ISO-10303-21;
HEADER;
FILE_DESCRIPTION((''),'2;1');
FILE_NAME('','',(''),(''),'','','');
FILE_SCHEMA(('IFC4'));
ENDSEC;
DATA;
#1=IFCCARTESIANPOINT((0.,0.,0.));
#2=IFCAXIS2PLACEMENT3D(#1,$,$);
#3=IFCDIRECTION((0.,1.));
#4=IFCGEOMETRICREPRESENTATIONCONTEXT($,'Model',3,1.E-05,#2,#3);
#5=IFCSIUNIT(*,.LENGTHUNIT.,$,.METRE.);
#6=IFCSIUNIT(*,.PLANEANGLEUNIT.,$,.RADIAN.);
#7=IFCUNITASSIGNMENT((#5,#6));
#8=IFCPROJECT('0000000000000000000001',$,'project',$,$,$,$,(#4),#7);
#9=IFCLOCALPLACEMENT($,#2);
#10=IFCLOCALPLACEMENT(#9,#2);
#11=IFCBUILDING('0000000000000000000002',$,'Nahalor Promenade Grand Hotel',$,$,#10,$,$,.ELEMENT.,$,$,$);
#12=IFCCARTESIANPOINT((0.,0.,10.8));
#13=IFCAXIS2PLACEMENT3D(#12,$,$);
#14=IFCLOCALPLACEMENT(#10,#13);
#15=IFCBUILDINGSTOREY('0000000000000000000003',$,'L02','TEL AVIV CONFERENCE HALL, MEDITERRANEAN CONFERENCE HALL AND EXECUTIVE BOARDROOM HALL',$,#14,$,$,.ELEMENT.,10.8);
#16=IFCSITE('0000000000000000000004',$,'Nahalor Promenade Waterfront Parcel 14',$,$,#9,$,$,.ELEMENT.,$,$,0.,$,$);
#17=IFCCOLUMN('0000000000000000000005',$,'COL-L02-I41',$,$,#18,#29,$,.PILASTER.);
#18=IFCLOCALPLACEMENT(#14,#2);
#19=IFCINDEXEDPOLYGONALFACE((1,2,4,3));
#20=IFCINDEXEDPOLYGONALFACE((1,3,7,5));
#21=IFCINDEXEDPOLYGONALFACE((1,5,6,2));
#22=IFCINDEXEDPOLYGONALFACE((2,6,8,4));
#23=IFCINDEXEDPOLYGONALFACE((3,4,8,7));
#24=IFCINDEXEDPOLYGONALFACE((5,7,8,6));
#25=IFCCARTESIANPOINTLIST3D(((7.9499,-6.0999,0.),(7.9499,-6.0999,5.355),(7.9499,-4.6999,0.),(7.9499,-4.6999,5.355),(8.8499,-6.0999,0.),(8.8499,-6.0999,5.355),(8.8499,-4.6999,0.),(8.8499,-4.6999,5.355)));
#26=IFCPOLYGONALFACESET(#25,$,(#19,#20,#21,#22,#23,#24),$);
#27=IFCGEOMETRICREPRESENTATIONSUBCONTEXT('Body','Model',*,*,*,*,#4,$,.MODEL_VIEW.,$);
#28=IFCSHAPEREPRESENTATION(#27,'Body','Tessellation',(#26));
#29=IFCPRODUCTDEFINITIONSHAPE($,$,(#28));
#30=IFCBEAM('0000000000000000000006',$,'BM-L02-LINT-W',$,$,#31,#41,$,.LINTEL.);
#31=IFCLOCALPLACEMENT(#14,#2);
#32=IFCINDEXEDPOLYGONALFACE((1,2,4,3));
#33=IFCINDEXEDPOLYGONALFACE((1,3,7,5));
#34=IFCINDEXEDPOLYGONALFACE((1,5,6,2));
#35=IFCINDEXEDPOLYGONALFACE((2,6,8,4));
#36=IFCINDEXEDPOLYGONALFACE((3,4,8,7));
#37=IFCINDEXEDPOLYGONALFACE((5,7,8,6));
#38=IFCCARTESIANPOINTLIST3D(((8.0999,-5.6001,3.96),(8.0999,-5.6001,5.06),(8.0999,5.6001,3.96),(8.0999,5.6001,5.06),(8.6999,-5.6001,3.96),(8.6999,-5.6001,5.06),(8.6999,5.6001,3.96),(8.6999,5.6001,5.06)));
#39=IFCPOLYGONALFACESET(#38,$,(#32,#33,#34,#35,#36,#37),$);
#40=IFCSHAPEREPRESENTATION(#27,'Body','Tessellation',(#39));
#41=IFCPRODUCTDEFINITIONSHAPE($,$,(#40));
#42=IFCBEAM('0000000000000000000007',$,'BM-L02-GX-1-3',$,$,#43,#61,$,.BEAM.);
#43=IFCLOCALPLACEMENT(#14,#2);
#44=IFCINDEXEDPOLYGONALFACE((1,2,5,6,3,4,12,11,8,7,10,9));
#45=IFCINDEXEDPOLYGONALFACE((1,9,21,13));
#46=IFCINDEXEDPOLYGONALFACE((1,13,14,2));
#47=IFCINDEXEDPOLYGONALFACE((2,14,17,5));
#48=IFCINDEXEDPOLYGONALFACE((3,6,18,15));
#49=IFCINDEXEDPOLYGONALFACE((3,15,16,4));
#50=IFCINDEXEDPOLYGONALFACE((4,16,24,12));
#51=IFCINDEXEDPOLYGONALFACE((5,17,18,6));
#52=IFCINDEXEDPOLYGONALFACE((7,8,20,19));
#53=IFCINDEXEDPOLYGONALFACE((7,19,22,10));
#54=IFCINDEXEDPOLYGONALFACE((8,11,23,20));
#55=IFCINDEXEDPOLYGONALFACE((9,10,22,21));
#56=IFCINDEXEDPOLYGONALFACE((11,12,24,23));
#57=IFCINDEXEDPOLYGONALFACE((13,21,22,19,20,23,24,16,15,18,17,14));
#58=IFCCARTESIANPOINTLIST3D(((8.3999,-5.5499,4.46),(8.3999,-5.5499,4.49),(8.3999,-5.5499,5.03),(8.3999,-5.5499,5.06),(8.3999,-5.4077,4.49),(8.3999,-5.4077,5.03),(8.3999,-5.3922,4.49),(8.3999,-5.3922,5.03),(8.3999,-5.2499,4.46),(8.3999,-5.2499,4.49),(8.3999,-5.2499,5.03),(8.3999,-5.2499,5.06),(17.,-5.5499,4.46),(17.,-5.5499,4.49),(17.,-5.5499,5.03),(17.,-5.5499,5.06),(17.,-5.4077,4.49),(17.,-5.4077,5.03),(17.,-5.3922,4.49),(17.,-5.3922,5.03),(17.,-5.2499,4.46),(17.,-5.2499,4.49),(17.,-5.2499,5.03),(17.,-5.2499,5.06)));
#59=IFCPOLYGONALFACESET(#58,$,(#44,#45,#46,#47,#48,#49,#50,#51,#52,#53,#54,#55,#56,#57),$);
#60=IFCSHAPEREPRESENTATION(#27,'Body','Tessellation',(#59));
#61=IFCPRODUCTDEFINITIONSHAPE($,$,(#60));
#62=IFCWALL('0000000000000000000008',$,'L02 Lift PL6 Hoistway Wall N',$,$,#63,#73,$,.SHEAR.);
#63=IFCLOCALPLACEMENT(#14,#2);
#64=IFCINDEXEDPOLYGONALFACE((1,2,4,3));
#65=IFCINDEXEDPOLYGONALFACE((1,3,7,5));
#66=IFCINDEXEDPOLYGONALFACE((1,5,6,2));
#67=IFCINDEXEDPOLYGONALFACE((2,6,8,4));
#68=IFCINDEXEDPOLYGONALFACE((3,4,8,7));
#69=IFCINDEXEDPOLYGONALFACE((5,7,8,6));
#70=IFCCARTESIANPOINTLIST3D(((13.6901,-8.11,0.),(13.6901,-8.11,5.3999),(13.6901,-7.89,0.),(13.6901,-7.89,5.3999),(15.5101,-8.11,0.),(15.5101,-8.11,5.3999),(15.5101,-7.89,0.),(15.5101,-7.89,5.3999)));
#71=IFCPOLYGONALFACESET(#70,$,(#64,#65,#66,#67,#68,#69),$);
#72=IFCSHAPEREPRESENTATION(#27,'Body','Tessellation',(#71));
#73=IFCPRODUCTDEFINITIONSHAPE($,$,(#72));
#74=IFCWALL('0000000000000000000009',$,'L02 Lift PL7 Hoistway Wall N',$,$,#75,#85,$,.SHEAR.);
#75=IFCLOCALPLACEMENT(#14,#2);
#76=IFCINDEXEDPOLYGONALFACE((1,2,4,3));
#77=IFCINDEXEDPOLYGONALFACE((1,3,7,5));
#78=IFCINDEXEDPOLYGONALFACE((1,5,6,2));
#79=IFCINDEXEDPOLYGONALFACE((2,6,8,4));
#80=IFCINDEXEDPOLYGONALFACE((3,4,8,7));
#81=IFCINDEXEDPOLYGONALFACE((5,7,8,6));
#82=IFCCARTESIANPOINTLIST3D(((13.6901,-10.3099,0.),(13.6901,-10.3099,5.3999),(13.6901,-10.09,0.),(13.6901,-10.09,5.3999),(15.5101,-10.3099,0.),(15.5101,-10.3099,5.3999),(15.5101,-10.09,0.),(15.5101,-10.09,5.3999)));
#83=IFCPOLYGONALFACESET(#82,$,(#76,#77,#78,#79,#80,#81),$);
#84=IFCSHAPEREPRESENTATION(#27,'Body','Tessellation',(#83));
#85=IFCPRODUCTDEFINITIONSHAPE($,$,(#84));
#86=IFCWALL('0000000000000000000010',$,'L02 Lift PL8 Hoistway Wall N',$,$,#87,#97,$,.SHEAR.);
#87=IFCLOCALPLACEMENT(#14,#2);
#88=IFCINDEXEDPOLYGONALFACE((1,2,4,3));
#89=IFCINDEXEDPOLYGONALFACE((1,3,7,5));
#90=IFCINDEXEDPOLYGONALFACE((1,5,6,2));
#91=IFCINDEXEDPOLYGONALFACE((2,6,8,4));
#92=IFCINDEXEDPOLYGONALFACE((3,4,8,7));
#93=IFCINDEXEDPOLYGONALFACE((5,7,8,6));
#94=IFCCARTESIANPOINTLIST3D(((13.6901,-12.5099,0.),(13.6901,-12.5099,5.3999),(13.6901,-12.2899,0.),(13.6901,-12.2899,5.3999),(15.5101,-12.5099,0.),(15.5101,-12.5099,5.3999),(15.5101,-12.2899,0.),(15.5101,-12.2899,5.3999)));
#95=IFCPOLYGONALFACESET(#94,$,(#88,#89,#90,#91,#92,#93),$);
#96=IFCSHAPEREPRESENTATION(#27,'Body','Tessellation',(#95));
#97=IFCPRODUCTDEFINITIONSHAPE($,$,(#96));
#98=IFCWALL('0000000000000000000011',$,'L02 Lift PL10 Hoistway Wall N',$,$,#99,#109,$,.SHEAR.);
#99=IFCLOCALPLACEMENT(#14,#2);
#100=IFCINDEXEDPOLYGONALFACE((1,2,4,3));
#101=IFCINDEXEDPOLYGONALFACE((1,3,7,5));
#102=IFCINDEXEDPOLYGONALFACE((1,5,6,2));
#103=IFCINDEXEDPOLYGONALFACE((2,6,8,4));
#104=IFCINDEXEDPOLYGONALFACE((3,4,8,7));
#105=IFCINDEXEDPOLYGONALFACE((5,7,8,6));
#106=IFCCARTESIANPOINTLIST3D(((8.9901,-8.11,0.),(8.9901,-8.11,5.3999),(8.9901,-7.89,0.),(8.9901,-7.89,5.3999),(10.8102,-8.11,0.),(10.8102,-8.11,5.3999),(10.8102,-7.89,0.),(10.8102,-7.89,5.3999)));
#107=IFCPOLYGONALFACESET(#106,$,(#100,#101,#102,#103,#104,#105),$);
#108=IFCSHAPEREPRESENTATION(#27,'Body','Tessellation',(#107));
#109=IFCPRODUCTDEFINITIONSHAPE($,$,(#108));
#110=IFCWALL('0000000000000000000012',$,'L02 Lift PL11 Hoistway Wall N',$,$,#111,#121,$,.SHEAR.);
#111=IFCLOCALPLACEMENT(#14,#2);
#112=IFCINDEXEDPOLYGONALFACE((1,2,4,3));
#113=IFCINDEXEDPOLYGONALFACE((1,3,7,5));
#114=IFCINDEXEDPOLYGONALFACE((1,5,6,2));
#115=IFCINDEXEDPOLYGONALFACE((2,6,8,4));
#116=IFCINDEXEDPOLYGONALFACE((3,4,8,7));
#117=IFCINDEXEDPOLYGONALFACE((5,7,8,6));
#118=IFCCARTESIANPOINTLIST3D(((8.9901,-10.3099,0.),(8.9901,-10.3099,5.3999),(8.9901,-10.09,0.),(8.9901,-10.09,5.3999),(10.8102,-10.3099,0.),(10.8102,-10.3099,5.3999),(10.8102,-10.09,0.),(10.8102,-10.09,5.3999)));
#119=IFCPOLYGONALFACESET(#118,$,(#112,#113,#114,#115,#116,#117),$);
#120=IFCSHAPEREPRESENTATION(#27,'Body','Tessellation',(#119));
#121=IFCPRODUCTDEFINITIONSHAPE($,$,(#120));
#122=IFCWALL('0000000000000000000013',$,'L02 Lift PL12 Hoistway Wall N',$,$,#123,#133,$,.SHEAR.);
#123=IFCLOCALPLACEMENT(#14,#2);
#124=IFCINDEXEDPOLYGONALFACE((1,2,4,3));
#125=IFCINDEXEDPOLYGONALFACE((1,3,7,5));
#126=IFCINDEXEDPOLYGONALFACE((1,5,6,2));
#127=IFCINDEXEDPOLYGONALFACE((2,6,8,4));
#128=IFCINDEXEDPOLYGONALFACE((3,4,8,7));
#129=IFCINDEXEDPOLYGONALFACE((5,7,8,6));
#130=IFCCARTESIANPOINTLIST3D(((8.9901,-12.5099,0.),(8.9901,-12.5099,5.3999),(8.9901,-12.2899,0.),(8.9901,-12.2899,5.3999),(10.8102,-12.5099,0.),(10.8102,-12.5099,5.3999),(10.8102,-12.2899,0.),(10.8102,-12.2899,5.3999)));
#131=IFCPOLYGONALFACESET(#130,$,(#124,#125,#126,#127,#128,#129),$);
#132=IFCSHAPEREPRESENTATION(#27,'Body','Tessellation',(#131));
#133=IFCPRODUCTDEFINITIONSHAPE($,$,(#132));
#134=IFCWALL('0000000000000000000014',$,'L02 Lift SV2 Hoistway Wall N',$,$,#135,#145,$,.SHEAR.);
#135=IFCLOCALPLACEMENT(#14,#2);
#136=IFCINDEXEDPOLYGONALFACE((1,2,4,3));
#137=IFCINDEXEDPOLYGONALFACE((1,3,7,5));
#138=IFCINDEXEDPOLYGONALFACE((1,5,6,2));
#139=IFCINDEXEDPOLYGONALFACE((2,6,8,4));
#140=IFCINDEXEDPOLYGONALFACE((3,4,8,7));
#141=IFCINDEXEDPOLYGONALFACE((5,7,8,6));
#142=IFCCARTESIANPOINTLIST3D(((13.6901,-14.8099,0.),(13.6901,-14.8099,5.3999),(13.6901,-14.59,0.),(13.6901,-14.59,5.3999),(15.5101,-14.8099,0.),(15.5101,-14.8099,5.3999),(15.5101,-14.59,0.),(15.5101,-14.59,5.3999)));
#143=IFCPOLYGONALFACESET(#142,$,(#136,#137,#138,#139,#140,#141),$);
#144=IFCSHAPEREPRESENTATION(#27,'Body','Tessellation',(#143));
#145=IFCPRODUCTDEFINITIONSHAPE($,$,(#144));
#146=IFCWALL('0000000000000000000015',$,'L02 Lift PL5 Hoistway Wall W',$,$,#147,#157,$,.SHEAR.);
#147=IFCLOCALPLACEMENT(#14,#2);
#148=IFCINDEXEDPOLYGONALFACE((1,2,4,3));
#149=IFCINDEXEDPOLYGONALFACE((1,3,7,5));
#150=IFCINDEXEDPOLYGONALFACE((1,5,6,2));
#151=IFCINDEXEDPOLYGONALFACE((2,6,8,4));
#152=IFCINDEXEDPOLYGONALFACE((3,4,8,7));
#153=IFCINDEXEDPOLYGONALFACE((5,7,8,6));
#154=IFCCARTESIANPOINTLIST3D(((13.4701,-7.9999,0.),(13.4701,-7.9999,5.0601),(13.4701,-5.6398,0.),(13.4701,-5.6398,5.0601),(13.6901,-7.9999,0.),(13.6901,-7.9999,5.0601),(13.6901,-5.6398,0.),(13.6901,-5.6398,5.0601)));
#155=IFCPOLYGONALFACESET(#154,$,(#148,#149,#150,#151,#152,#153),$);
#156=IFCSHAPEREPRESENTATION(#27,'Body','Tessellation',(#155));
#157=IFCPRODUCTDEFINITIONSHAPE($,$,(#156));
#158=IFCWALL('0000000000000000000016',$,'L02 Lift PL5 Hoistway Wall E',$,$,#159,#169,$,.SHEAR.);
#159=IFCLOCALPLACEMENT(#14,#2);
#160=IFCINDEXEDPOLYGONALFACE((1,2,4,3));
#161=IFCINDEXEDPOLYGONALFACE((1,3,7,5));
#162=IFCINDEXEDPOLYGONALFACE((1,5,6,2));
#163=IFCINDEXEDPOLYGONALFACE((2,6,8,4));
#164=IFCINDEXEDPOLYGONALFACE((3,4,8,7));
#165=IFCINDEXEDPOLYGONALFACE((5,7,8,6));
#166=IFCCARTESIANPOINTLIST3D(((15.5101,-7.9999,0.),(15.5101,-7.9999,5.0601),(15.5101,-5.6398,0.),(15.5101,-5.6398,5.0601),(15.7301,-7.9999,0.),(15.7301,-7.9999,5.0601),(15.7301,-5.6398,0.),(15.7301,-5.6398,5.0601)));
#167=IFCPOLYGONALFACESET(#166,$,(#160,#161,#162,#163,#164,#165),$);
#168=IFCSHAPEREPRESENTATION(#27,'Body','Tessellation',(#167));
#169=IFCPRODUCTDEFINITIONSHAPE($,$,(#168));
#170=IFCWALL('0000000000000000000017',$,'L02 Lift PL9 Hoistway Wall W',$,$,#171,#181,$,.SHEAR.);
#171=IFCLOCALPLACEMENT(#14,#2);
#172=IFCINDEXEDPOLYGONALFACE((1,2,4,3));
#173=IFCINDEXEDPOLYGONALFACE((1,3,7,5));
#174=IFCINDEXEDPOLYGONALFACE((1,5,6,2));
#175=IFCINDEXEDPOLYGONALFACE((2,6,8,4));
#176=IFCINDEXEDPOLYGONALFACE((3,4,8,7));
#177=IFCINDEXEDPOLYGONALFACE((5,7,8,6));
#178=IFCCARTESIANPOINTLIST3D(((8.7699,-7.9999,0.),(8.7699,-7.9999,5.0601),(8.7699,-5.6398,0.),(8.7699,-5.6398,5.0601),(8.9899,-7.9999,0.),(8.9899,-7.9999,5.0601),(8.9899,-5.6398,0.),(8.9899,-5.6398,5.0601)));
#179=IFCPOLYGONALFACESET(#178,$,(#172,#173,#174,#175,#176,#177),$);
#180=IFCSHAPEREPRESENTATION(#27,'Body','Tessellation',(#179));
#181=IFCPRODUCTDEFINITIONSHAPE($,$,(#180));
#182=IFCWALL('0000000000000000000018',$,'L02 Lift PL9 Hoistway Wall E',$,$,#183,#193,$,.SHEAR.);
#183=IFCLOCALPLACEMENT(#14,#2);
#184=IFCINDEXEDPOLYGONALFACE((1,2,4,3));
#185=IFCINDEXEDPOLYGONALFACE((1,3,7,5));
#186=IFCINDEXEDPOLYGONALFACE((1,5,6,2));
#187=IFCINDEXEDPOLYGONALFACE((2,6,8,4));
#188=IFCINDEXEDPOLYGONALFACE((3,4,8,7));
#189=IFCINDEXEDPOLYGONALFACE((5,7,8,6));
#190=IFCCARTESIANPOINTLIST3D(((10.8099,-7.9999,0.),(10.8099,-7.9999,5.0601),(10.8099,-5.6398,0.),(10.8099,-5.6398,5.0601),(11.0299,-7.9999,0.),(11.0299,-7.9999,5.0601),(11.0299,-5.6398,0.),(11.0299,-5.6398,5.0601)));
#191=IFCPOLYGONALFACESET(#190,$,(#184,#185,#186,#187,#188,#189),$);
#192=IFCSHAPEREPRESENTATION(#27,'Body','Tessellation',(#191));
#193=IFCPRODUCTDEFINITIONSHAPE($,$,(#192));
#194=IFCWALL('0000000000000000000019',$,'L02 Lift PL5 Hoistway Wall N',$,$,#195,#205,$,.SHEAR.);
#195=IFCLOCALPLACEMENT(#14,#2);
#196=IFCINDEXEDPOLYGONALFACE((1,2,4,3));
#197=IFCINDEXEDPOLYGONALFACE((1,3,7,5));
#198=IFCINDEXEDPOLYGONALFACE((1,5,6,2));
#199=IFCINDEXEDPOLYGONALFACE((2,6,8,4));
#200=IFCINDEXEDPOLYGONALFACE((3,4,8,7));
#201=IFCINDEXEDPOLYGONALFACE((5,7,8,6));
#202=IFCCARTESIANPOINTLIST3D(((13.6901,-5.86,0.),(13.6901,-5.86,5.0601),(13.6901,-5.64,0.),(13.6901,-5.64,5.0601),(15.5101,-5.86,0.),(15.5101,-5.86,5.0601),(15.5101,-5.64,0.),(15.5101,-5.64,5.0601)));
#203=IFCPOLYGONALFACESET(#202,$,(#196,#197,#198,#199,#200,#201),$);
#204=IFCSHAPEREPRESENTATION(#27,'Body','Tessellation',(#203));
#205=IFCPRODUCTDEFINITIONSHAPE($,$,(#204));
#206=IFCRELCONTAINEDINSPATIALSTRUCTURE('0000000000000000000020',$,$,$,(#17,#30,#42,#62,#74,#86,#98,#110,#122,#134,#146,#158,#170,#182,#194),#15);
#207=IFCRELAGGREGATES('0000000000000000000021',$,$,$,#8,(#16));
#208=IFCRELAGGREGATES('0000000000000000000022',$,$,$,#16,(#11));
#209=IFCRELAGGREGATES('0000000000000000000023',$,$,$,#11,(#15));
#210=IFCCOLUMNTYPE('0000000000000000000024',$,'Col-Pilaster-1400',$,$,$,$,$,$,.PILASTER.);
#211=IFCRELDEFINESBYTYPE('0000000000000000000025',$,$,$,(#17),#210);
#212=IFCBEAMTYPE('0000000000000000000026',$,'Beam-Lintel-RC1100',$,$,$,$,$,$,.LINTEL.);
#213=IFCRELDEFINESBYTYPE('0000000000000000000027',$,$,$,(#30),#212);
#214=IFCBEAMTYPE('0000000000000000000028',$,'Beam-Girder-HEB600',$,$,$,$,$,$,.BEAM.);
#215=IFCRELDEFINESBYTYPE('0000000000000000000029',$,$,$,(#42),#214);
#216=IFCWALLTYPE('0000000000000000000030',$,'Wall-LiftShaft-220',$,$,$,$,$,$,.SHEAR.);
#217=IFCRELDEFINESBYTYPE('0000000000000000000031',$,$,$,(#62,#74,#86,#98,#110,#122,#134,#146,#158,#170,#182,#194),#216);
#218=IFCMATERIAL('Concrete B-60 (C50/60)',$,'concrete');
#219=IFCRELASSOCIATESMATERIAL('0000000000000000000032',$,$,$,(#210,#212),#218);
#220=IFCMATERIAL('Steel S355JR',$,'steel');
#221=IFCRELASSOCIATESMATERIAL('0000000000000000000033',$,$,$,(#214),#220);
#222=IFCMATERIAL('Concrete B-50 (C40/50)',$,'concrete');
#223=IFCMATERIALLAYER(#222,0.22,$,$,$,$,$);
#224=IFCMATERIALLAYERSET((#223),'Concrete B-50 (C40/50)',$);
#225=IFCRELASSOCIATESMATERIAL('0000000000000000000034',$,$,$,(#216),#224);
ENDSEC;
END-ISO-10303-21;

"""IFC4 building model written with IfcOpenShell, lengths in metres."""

from ifc_helpers import new_model, si_unit, direction, frame, frame_2d, origin, origin_2d, place, context, subcontext, project, spatial, rectangle, i_section, extrude, source, transform, mapped, material, layer, layer_set, material_profile, profile_set, type_object, element, save


model = new_model("IFC4")

# Units and contexts
model_context = context("Model", 3, precision=1e-05, world=origin(), true_north=direction((0.0, 1.0)))
body_context = subcontext(model_context, "Body", "Model", "MODEL_VIEW")
ifc_project = project(units=[si_unit("LENGTHUNIT", "METRE"), si_unit("PLANEANGLEUNIT", "RADIAN")], contexts=[model_context])

# Site, building, storey
site_placement = place(None, origin())
site = spatial("IfcSite", under=ifc_project, at=site_placement, Name="Nahalor Promenade Waterfront Parcel 14", CompositionType="ELEMENT", RefElevation=0.0)
building_placement = place(site_placement, origin())
building = spatial("IfcBuilding", under=site, at=building_placement, Name="Nahalor Promenade Grand Hotel", CompositionType="ELEMENT")
storey_placement = place(building_placement, frame((0.0, 0.0, 10.8)))
storey = spatial("IfcBuildingStorey", under=building, at=storey_placement, Name="L02", Description="TEL AVIV CONFERENCE HALL, MEDITERRANEAN CONFERENCE HALL AND EXECUTIVE BOARDROOM HALL", CompositionType="ELEMENT", Elevation=10.8)

# Column
ifc_material_1 = material(Name="Concrete B-60 (C50/60)", Category="concrete")
ifc_material_profile_1 = material_profile(ifc_material_1, rectangle(XDim=0.9, YDim=1.4, at=origin_2d()), Name="RC 900x1400")
ifc_profile_set_1 = profile_set([ifc_material_profile_1], Name="Concrete B-60 (C50/60)")
column_type = type_object("IfcColumnType", Name="Col-Pilaster-1400", PredefinedType="PILASTER", material=ifc_profile_set_1)
shared_shape_1 = source(origin(), body_context, "Body", "SweptSolid", [
    extrude(rectangle(XDim=0.9, YDim=1.4, at=origin_2d()), origin(), (0.0, 0.0, 1.0), 5.355),
])
column_placement = place(storey_placement, frame((8.3999, -5.3999, 0.0), z_axis=(0.0, 0.0, 1.0), x_axis=(1.0, 0.0, 0.0)))
element("IfcColumn", 1, at=column_placement, inside=storey, type_object=column_type, Name="COL-L02-I41", PredefinedType="PILASTER", context=body_context, shape_type="MappedRepresentation", body=[
    mapped(shared_shape_1, transform((0.0, 0.0, 0.0), scale=1.0)),
])

# Beams
ifc_material_profile_2 = material_profile(ifc_material_1, rectangle(XDim=0.6, YDim=1.1, at=origin_2d()), Name="RC 600x1100")
ifc_profile_set_2 = profile_set([ifc_material_profile_2], Name="Concrete B-60 (C50/60)")
beam_type_1 = type_object("IfcBeamType", Name="Beam-Lintel-RC1100", PredefinedType="LINTEL", material=ifc_profile_set_2)
shared_shape_2 = source(origin(), body_context, "Body", "SweptSolid", [
    extrude(rectangle(XDim=0.6, YDim=1.1, at=origin_2d()), origin(), (0.0, 0.0, 1.0), 11.2002),
])
beam_1_placement = place(storey_placement, frame((8.3999, -5.6001, 4.51), z_axis=(0.0, 1.0, 0.0), x_axis=(-1.0, 0.0, 0.0)))
element("IfcBeam", 2, at=beam_1_placement, inside=storey, type_object=beam_type_1, Name="BM-L02-LINT-W", PredefinedType="LINTEL", context=body_context, shape_type="MappedRepresentation", body=[
    mapped(shared_shape_2, transform((0.0, 0.0, 0.0), scale=1.0)),
])
ifc_material_2 = material(Name="Steel S355JR", Category="steel")
ifc_material_profile_3 = material_profile(ifc_material_2, i_section(OverallWidth=0.3, OverallDepth=0.6, WebThickness=0.0155, FlangeThickness=0.03, at=origin_2d()), Name="HEB 600")
ifc_profile_set_3 = profile_set([ifc_material_profile_3], Name="Steel S355JR")
beam_type_2 = type_object("IfcBeamType", Name="Beam-Girder-HEB600", PredefinedType="BEAM", material=ifc_profile_set_3)
shared_shape_3 = source(origin(), body_context, "Body", "SweptSolid", [
    extrude(i_section(OverallWidth=0.3, OverallDepth=0.6, WebThickness=0.0155, FlangeThickness=0.03, at=origin_2d()), origin(), (0.0, 0.0, 1.0), 8.6001),
])
beam_2_placement = place(storey_placement, frame((8.3999, -5.3999, 4.76), z_axis=(1.0, 0.0, 0.0), x_axis=(0.0, 1.0, 0.0)))
element("IfcBeam", 3, at=beam_2_placement, inside=storey, type_object=beam_type_2, Name="BM-L02-GX-1-3", PredefinedType="BEAM", context=body_context, shape_type="MappedRepresentation", body=[
    mapped(shared_shape_3, transform((0.0, 0.0, 0.0), scale=1.0)),
])

# Walls
ifc_material_3 = material(Name="Concrete B-50 (C40/50)", Category="concrete")
ifc_layer_1 = layer(ifc_material_3, 0.22)
ifc_layer_set_1 = layer_set([ifc_layer_1], Name="Concrete B-50 (C40/50)")
wall_type_1 = type_object("IfcWallType", Name="Wall-LiftShaft-220", PredefinedType="SHEAR", material=ifc_layer_set_1)
shared_shape_4 = source(origin(), body_context, "Body", "SweptSolid", [
    extrude(rectangle(XDim=1.8201, YDim=0.22, at=frame_2d((0.9102, 0.0))), origin(), (0.0, 0.0, 1.0), 5.3999),
])
for number, where, z_axis, x_axis, name in (
    (4, (13.6899, -8.0, 0.0), (0.0, 0.0, 1.0), (1.0, 0.0, 0.0), "L02 Lift PL6 Hoistway Wall N"),
    (5, (13.6899, -10.2, 0.0), (0.0, 0.0, 1.0), (1.0, 0.0, 0.0), "L02 Lift PL7 Hoistway Wall N"),
    (6, (13.6899, -12.3999, 0.0), (0.0, 0.0, 1.0), (1.0, 0.0, 0.0), "L02 Lift PL8 Hoistway Wall N"),
    (7, (8.99, -8.0, 0.0), (0.0, 0.0, 1.0), (1.0, 0.0, 0.0), "L02 Lift PL10 Hoistway Wall N"),
    (8, (8.99, -10.2, 0.0), (0.0, 0.0, 1.0), (1.0, 0.0, 0.0), "L02 Lift PL11 Hoistway Wall N"),
    (9, (8.99, -12.3999, 0.0), (0.0, 0.0, 1.0), (1.0, 0.0, 0.0), "L02 Lift PL12 Hoistway Wall N"),
    (10, (13.6899, -14.7, 0.0), (0.0, 0.0, 1.0), (1.0, 0.0, 0.0), "L02 Lift SV2 Hoistway Wall N"),
):
    element("IfcWall", number, at=place(storey_placement, frame(where, z_axis=z_axis, x_axis=x_axis)), inside=storey, type_object=wall_type_1, Name=name, PredefinedType="SHEAR", context=body_context, shape_type="MappedRepresentation", body=[
        mapped(shared_shape_4, transform((0.0, 0.0, 0.0), scale=1.0)),
    ])
shared_shape_5 = source(origin(), body_context, "Body", "SweptSolid", [
    extrude(rectangle(XDim=2.3601, YDim=0.22, at=frame_2d((1.1802, 0.0))), origin(), (0.0, 0.0, 1.0), 5.0601),
])
for number, where, z_axis, x_axis, name in (
    (11, (13.5801, -8.0, 0.0), (0.0, 0.0, 1.0), (0.0, 1.0, 0.0), "L02 Lift PL5 Hoistway Wall W"),
    (12, (15.6201, -8.0, 0.0), (0.0, 0.0, 1.0), (0.0, 1.0, 0.0), "L02 Lift PL5 Hoistway Wall E"),
    (13, (8.8799, -8.0, 0.0), (0.0, 0.0, 1.0), (0.0, 1.0, 0.0), "L02 Lift PL9 Hoistway Wall W"),
    (14, (10.9199, -8.0, 0.0), (0.0, 0.0, 1.0), (0.0, 1.0, 0.0), "L02 Lift PL9 Hoistway Wall E"),
):
    element("IfcWall", number, at=place(storey_placement, frame(where, z_axis=z_axis, x_axis=x_axis)), inside=storey, type_object=wall_type_1, Name=name, PredefinedType="SHEAR", context=body_context, shape_type="MappedRepresentation", body=[
        mapped(shared_shape_5, transform((0.0, 0.0, 0.0), scale=1.0)),
    ])
shared_shape_6 = source(origin(), body_context, "Body", "SweptSolid", [
    extrude(rectangle(XDim=1.8201, YDim=0.22, at=frame_2d((0.9102, 0.0))), origin(), (0.0, 0.0, 1.0), 5.0601),
])
for number, where, z_axis, x_axis, name in (
    (15, (13.6899, -5.75, 0.0), (0.0, 0.0, 1.0), (1.0, 0.0, 0.0), "L02 Lift PL5 Hoistway Wall N"),
):
    element("IfcWall", number, at=place(storey_placement, frame(where, z_axis=z_axis, x_axis=x_axis)), inside=storey, type_object=wall_type_1, Name=name, PredefinedType="SHEAR", context=body_context, shape_type="MappedRepresentation", body=[
        mapped(shared_shape_6, transform((0.0, 0.0, 0.0), scale=1.0)),
    ])

save(model, "model.ifc")
